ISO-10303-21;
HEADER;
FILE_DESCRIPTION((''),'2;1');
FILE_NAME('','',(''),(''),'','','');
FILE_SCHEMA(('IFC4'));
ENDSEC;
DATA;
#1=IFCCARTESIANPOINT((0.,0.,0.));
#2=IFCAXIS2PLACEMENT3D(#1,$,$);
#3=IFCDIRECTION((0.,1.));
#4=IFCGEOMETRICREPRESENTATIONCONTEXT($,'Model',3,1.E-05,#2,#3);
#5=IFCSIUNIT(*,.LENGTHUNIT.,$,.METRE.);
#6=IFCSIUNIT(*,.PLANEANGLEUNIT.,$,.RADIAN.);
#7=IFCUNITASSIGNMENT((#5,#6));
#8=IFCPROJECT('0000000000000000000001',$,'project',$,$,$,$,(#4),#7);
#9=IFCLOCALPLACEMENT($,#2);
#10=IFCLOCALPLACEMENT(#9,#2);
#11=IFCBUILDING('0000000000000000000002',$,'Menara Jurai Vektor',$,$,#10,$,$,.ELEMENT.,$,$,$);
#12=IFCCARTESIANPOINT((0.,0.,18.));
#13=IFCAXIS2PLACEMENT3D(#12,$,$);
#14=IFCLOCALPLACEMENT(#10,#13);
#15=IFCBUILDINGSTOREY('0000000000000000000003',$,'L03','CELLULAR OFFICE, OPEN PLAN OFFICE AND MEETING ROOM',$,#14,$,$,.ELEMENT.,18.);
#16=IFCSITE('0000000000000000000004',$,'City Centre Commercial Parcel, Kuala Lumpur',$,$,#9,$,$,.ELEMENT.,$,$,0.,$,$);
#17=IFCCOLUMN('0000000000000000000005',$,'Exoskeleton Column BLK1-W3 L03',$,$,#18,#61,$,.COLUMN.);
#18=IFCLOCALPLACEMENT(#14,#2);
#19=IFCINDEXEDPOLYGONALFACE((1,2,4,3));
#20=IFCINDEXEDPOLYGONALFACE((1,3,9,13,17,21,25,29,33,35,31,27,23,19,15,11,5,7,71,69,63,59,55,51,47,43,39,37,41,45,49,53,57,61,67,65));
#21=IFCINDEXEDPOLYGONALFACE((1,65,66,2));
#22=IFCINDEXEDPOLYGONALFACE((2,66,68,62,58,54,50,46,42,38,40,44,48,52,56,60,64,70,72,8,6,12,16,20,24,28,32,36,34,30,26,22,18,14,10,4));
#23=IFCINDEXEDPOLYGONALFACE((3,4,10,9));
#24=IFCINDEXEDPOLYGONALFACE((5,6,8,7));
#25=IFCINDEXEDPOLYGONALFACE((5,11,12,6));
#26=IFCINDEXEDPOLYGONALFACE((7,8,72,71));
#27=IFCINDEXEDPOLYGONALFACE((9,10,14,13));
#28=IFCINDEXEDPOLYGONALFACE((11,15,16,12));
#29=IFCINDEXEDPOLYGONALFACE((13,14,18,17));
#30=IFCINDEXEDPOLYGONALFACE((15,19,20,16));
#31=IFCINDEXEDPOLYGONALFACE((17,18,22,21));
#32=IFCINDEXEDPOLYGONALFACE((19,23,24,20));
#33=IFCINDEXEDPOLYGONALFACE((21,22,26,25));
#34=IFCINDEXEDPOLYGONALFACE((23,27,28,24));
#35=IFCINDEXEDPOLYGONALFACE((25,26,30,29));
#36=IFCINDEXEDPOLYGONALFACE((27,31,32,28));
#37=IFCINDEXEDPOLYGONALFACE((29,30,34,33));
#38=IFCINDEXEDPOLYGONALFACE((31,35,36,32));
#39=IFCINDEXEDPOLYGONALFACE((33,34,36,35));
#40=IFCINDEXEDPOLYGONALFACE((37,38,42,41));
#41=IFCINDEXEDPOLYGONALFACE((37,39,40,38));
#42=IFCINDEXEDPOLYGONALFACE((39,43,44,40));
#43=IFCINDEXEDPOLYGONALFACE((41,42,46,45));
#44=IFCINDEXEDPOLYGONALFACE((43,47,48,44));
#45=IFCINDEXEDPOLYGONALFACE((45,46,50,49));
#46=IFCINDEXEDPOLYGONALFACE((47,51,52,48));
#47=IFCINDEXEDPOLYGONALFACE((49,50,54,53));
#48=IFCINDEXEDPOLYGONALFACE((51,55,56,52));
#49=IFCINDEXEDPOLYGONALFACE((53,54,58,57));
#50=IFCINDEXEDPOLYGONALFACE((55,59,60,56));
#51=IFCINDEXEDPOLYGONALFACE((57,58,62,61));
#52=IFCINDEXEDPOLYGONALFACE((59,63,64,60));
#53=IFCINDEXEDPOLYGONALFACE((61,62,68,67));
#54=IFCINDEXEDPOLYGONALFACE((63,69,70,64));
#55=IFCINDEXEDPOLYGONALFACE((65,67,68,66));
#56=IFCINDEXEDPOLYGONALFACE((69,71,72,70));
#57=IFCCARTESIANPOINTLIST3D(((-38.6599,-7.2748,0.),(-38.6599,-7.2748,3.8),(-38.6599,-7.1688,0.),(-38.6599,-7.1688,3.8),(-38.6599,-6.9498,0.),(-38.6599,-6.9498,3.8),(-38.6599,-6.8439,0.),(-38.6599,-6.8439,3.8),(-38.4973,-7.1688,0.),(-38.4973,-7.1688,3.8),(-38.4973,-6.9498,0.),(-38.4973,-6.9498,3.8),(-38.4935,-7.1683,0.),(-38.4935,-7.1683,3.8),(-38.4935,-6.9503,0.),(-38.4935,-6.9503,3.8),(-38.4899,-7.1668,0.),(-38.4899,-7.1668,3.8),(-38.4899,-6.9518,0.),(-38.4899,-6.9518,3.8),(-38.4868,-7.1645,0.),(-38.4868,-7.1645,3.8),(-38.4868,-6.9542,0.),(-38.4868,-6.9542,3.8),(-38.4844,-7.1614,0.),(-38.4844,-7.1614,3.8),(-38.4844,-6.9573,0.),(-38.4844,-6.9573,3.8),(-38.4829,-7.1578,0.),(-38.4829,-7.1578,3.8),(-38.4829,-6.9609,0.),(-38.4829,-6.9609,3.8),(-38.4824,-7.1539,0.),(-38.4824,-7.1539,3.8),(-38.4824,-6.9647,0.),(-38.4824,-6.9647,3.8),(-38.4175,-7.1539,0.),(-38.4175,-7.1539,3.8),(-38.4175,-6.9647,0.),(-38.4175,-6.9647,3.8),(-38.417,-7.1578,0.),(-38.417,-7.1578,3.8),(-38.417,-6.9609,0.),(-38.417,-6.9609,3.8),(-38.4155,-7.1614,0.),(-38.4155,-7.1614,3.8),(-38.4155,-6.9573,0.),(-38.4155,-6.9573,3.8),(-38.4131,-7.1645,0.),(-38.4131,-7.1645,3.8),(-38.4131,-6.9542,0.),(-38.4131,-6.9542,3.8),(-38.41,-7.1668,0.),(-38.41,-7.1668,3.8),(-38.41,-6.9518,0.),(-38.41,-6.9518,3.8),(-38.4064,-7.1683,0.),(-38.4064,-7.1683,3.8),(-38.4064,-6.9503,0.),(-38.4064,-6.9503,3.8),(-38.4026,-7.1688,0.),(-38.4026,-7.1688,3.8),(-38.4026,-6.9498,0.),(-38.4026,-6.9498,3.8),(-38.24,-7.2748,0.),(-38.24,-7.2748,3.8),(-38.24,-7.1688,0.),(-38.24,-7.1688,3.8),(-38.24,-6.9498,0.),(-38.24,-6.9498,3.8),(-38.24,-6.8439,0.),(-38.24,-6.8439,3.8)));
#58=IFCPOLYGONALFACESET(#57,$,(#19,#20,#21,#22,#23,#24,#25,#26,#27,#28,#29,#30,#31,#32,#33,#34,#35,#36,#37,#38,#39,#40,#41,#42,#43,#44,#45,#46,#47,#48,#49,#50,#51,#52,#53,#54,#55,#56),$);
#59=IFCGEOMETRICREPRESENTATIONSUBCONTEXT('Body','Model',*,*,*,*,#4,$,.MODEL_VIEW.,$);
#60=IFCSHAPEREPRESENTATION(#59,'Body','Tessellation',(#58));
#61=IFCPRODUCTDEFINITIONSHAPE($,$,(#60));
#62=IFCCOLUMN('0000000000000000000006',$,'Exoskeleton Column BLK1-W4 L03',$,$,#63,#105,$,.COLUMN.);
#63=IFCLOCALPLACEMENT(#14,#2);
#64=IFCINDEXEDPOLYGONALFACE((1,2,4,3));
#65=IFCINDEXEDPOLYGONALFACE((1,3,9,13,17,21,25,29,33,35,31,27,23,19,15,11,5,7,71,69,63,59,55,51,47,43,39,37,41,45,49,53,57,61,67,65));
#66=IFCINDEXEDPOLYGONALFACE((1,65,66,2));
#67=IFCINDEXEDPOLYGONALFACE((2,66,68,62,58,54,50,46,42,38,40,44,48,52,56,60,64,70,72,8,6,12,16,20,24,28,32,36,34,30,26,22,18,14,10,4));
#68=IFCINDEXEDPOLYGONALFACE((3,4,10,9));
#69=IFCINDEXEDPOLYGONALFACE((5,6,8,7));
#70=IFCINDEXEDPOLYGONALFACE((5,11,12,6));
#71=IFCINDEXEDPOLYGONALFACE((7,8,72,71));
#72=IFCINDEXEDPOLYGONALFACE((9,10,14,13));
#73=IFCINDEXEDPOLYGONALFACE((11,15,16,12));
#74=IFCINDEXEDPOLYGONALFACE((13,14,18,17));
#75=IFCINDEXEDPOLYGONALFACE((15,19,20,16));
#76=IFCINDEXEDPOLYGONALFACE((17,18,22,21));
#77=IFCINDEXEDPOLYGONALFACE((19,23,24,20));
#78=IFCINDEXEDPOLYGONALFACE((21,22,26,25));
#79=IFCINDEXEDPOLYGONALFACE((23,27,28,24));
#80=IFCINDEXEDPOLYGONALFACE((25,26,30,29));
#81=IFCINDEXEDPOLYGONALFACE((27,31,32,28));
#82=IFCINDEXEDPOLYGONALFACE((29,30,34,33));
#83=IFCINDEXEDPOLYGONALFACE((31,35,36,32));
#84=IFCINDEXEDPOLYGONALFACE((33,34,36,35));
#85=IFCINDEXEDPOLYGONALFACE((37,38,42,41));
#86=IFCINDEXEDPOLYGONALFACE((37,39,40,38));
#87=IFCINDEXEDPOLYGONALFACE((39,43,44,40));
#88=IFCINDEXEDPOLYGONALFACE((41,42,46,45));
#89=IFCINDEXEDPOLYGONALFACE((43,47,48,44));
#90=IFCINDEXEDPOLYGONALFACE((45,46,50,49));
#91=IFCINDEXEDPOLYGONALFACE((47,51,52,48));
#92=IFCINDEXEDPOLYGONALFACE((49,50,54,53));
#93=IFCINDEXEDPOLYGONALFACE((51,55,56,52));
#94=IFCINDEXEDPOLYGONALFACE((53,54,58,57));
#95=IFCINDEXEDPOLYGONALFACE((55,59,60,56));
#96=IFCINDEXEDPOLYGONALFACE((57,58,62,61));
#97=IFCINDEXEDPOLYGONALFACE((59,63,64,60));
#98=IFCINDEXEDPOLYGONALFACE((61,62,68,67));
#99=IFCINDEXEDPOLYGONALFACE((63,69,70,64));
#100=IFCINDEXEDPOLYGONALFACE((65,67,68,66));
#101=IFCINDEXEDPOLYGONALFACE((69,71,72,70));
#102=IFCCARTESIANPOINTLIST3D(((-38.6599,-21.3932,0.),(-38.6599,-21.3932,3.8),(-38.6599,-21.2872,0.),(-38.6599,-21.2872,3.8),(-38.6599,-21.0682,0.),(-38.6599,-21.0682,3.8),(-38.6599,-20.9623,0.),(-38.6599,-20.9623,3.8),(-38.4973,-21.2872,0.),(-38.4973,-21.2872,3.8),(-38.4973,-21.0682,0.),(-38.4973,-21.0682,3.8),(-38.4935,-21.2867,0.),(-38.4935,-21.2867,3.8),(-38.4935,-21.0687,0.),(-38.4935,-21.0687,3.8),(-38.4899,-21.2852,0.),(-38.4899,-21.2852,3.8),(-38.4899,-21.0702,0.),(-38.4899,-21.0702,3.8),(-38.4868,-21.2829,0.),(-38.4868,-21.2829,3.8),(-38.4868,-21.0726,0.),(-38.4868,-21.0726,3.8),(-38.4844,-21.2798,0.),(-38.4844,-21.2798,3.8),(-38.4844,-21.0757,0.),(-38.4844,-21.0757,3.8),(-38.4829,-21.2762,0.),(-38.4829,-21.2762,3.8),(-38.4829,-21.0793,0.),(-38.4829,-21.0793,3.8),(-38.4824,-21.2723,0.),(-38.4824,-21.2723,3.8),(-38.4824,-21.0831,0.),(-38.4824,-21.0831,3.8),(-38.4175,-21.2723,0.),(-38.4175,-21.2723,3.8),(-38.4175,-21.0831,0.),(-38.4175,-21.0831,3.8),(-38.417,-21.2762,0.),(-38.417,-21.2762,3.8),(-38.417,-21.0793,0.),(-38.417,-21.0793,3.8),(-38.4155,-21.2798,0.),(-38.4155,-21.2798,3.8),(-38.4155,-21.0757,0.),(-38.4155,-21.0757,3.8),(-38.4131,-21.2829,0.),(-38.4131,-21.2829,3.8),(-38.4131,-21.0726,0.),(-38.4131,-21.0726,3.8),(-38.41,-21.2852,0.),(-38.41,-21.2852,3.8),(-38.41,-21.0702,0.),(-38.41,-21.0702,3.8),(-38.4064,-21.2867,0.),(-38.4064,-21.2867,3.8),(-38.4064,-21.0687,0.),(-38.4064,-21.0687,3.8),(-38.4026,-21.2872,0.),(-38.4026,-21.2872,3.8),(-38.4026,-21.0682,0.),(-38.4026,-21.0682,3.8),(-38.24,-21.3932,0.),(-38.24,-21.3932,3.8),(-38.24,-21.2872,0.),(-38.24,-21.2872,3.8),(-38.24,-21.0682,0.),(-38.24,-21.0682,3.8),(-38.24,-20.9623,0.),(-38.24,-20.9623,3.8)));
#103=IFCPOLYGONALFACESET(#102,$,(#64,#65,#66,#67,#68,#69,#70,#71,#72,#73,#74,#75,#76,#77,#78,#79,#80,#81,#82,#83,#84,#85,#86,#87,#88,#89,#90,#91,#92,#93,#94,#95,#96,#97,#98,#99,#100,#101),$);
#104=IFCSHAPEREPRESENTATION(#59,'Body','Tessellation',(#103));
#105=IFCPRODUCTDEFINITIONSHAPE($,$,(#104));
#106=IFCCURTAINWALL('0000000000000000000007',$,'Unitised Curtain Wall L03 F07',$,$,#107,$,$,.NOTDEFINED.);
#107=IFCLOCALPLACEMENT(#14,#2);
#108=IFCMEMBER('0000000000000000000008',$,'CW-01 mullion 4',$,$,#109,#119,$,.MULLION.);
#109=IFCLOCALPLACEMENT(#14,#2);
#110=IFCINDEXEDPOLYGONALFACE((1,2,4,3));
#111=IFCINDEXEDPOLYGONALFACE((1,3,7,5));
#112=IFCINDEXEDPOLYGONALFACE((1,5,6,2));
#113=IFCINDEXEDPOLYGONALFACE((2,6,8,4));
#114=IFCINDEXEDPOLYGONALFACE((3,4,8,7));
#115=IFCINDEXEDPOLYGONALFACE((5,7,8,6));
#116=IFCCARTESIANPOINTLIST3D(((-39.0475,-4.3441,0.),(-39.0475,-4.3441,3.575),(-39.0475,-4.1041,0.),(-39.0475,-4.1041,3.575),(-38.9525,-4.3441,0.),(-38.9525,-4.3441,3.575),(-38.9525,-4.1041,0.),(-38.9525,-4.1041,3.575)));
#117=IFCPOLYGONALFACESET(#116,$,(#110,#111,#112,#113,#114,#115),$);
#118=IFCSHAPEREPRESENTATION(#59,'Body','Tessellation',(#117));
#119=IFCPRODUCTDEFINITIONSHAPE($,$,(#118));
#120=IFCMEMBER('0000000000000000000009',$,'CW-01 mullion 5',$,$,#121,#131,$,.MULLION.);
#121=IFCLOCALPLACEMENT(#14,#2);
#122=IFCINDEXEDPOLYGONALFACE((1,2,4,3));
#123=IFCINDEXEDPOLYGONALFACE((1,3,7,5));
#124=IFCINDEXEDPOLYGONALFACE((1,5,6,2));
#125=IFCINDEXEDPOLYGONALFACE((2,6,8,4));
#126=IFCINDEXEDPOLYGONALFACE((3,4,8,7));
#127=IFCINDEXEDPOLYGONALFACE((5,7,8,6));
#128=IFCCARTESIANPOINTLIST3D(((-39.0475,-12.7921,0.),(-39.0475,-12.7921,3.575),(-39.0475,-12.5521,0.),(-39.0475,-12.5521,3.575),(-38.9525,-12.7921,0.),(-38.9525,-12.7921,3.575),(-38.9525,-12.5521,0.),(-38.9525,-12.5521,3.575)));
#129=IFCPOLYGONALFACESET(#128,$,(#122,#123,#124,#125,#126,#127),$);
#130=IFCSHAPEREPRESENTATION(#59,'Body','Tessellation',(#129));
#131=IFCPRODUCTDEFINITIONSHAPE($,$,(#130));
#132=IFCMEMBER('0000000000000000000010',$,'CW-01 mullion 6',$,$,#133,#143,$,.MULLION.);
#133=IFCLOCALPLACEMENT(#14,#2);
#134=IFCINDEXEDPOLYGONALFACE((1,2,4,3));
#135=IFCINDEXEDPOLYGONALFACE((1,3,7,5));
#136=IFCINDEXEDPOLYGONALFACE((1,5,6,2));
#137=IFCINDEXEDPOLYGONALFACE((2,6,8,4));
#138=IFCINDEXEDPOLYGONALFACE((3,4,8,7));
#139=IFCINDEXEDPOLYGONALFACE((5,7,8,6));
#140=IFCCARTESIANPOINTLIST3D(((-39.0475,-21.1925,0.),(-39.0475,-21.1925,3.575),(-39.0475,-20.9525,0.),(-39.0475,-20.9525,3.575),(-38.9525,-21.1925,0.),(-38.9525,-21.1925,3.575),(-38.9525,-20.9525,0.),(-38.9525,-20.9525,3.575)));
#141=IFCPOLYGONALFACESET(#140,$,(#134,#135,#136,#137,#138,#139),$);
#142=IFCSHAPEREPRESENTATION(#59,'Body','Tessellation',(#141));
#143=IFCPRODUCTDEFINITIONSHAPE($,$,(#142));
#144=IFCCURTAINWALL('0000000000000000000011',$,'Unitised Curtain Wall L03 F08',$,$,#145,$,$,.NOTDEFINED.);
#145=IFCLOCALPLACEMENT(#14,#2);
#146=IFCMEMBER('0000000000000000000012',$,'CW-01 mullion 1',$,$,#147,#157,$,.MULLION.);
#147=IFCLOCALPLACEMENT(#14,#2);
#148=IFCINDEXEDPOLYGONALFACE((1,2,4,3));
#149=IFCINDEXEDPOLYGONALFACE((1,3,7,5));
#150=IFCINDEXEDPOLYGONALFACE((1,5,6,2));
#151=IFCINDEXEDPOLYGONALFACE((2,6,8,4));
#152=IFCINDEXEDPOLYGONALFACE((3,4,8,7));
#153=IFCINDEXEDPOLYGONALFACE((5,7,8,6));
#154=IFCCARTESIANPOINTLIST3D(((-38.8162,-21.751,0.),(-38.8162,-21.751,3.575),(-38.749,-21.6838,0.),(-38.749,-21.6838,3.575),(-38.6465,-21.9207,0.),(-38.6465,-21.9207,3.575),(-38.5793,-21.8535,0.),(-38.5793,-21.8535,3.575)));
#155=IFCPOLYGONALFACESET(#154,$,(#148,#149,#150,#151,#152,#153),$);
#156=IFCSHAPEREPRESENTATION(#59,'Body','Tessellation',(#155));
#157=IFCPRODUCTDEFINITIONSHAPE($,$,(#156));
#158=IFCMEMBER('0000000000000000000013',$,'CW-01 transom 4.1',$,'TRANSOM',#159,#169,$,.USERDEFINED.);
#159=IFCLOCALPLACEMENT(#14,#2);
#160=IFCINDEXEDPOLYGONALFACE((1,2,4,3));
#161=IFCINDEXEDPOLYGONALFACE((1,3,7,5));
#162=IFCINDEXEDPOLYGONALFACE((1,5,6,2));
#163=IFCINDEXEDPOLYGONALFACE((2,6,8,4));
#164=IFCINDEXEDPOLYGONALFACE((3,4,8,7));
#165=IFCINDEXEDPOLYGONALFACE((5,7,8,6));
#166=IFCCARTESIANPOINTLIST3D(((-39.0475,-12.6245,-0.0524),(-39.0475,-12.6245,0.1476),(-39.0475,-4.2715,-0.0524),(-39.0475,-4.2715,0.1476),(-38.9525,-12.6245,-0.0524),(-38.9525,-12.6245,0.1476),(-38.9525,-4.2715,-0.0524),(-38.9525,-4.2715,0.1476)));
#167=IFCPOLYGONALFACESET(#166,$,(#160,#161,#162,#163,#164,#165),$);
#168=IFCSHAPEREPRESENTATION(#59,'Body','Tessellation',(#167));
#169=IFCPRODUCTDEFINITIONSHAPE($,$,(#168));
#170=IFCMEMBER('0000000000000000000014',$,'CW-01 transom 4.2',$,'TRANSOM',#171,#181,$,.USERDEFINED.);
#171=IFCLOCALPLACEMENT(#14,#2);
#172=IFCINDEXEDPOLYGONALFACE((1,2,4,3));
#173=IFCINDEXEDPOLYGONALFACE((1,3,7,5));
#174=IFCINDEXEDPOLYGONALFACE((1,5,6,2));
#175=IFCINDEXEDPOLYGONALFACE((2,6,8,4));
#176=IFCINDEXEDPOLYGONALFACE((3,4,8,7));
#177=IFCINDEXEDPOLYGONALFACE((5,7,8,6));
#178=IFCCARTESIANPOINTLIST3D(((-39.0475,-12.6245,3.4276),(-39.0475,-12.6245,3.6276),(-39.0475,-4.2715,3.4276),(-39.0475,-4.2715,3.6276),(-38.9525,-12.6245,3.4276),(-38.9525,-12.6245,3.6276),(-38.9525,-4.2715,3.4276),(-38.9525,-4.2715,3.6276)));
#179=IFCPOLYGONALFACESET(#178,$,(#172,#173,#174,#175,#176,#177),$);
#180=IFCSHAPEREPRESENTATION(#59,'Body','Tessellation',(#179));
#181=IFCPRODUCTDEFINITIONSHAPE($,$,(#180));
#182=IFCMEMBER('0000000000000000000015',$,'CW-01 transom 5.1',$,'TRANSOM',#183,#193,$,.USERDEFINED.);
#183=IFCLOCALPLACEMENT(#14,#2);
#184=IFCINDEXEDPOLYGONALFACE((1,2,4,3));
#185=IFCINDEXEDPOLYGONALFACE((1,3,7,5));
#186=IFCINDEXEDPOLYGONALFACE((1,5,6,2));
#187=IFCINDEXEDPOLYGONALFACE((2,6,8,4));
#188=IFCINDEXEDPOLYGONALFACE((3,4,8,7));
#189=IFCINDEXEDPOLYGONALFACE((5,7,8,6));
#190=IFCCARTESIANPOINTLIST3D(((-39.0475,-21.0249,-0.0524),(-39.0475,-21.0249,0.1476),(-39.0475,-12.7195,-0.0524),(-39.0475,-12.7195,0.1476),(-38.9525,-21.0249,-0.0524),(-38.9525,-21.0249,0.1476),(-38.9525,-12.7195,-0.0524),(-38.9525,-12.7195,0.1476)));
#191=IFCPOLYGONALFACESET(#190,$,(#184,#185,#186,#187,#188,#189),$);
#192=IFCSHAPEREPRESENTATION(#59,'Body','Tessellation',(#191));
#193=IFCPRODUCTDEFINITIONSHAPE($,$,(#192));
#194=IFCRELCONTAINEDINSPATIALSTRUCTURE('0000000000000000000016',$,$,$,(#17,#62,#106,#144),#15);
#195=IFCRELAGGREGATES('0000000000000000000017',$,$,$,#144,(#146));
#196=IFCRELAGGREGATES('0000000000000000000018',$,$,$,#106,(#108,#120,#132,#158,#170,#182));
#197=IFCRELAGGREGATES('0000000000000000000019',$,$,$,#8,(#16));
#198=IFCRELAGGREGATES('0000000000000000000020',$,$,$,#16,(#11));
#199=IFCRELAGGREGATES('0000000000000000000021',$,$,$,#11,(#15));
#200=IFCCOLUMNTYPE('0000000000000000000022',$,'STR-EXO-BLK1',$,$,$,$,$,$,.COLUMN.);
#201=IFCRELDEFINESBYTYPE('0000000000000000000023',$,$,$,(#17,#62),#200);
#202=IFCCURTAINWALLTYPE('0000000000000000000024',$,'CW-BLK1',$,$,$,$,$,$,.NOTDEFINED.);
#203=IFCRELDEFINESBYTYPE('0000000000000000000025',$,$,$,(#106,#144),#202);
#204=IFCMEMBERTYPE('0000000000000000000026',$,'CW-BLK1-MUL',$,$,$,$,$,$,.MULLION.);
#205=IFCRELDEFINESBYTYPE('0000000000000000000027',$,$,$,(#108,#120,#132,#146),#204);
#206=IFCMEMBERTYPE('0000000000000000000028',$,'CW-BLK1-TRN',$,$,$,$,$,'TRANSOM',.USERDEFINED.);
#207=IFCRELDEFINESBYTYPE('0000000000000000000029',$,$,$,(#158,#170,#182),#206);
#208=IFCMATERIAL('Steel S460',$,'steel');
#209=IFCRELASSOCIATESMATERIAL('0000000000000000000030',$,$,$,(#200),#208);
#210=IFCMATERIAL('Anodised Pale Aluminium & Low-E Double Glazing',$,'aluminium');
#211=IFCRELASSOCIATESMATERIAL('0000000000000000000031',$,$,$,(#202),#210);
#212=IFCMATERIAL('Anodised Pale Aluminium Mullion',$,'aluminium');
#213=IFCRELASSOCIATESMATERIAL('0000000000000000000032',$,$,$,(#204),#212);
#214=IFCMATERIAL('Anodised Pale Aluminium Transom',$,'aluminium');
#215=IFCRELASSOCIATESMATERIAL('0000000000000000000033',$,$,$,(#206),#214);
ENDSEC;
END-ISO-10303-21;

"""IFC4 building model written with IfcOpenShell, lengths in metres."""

from ifc_helpers import new_model, si_unit, direction, frame, origin, origin_2d, place, context, subcontext, project, spatial, rectangle, i_section, extrude, material, material_profile, profile_set, type_object, element, aggregate, save


model = new_model("IFC4")

# Units and contexts
model_context = context("Model", 3, precision=1e-05, world=origin(), true_north=direction((0.0, 1.0)))
body_context = subcontext(model_context, "Body", "Model", "MODEL_VIEW")
ifc_project = project(units=[si_unit("LENGTHUNIT", "METRE"), si_unit("PLANEANGLEUNIT", "RADIAN")], contexts=[model_context])

# Site, building, storey
site_placement = place(None, origin())
site = spatial("IfcSite", under=ifc_project, at=site_placement, Name="City Centre Commercial Parcel, Kuala Lumpur", CompositionType="ELEMENT", RefElevation=0.0)
building_placement = place(site_placement, origin())
building = spatial("IfcBuilding", under=site, at=building_placement, Name="Menara Jurai Vektor", CompositionType="ELEMENT")
storey_placement = place(building_placement, frame((0.0, 0.0, 18.0)))
storey = spatial("IfcBuildingStorey", under=building, at=storey_placement, Name="L03", Description="CELLULAR OFFICE, OPEN PLAN OFFICE AND MEETING ROOM", CompositionType="ELEMENT", Elevation=18.0)

# Columns
ifc_material_1 = material(Name="Steel S460", Category="steel")
ifc_material_profile_1 = material_profile(ifc_material_1, i_section(OverallWidth=0.4199, OverallDepth=0.4309, WebThickness=0.0649, FlangeThickness=0.106, FilletRadius=0.0149, at=origin_2d()), Name="HD 400x900")
ifc_profile_set_1 = profile_set([ifc_material_profile_1], Name="Steel S460")
column_type = type_object("IfcColumnType", Name="STR-EXO-BLK1", PredefinedType="COLUMN", material=ifc_profile_set_1)
for number, where, z_axis, x_axis, name in (
    (1, (-38.45, -7.0593, 0.0), (0.0, 0.0, 1.0), (1.0, 0.0, 0.0), "Exoskeleton Column BLK1-W3 L03"),
    (2, (-38.45, -21.1777, 0.0), (0.0, 0.0, 1.0), (1.0, 0.0, 0.0), "Exoskeleton Column BLK1-W4 L03"),
):
    element("IfcColumn", number, at=place(storey_placement, frame(where, z_axis=z_axis, x_axis=x_axis)), inside=storey, type_object=column_type, Name=name, PredefinedType="COLUMN", context=body_context, shape_type="SweptSolid", body=[
        extrude(i_section(OverallWidth=0.4199, OverallDepth=0.4309, WebThickness=0.0649, FlangeThickness=0.106, FilletRadius=0.0149, at=origin_2d()), origin(), (0.0, 0.0, 1.0), 3.8),
    ])

# Curtain wall, members
ifc_material_2 = material(Name="Anodised Pale Aluminium & Low-E Double Glazing", Category="aluminium")
curtain_wall_type = type_object("IfcCurtainWallType", Name="CW-BLK1", PredefinedType="NOTDEFINED", material=ifc_material_2)
curtain_wall_1_placement = place(storey_placement, origin())
curtain_wall_1 = element("IfcCurtainWall", 3, at=curtain_wall_1_placement, inside=storey, type_object=curtain_wall_type, Name="Unitised Curtain Wall L03 F07", PredefinedType="NOTDEFINED")
ifc_material_3 = material(Name="Anodised Pale Aluminium Mullion", Category="aluminium")
ifc_material_profile_2 = material_profile(ifc_material_3, rectangle(XDim=0.095, YDim=0.24, at=origin_2d()), Name="ALU MUL 95x240")
ifc_profile_set_2 = profile_set([ifc_material_profile_2], Name="Anodised Pale Aluminium Mullion")
member_type_1 = type_object("IfcMemberType", Name="CW-BLK1-MUL", PredefinedType="MULLION", material=ifc_profile_set_2)
member_1_placement = place(storey_placement, frame((-39.0, -4.2241, 0.0), z_axis=(0.0, 0.0, 1.0), x_axis=(1.0, 0.0, 0.0)))
member_1 = element("IfcMember", 4, at=member_1_placement, type_object=member_type_1, Name="CW-01 mullion 4", PredefinedType="MULLION", context=body_context, shape_type="SweptSolid", body=[
    extrude(rectangle(XDim=0.095, YDim=0.24, at=origin_2d()), origin(), (0.0, 0.0, 1.0), 3.575),
])
member_2_placement = place(storey_placement, frame((-39.0, -12.6721, 0.0), z_axis=(0.0, 0.0, 1.0), x_axis=(1.0, 0.0, 0.0)))
member_2 = element("IfcMember", 5, at=member_2_placement, type_object=member_type_1, Name="CW-01 mullion 5", PredefinedType="MULLION", context=body_context, shape_type="SweptSolid", body=[
    extrude(rectangle(XDim=0.095, YDim=0.24, at=origin_2d()), origin(), (0.0, 0.0, 1.0), 3.575),
])
member_3_placement = place(storey_placement, frame((-39.0, -21.0725, 0.0), z_axis=(0.0, 0.0, 1.0), x_axis=(1.0, 0.0, 0.0)))
member_3 = element("IfcMember", 6, at=member_3_placement, type_object=member_type_1, Name="CW-01 mullion 6", PredefinedType="MULLION", context=body_context, shape_type="SweptSolid", body=[
    extrude(rectangle(XDim=0.095, YDim=0.24, at=origin_2d()), origin(), (0.0, 0.0, 1.0), 3.575),
])

# Curtain wall, member
curtain_wall_2_placement = place(storey_placement, origin())
curtain_wall_2 = element("IfcCurtainWall", 7, at=curtain_wall_2_placement, inside=storey, type_object=curtain_wall_type, Name="Unitised Curtain Wall L03 F08", PredefinedType="NOTDEFINED")
member_4_placement = place(storey_placement, frame((-38.6978, -21.8022, 0.0), z_axis=(0.0, 0.0, 1.0), x_axis=(0.707107, 0.707107, 0.0)))
member_4 = element("IfcMember", 8, at=member_4_placement, type_object=member_type_1, Name="CW-01 mullion 1", PredefinedType="MULLION", context=body_context, shape_type="SweptSolid", body=[
    extrude(rectangle(XDim=0.095, YDim=0.24, at=origin_2d()), origin(), (0.0, 0.0, 1.0), 3.575),
])
aggregate(curtain_wall_2, [member_4])

# Members
ifc_material_4 = material(Name="Anodised Pale Aluminium Transom", Category="aluminium")
ifc_material_profile_3 = material_profile(ifc_material_4, rectangle(XDim=0.095, YDim=0.2, at=origin_2d()), Name="ALU TRN 95x200")
ifc_profile_set_3 = profile_set([ifc_material_profile_3], Name="Anodised Pale Aluminium Transom")
member_type_2 = type_object("IfcMemberType", Name="CW-BLK1-TRN", ElementType="TRANSOM", PredefinedType="USERDEFINED", material=ifc_profile_set_3)
member_5_placement = place(storey_placement, frame((-39.0, -4.2715, 0.0476), z_axis=(0.0, -1.0, 0.0), x_axis=(1.0, 0.0, 0.0)))
member_5 = element("IfcMember", 9, at=member_5_placement, type_object=member_type_2, Name="CW-01 transom 4.1", ObjectType="TRANSOM", PredefinedType="USERDEFINED", context=body_context, shape_type="SweptSolid", body=[
    extrude(rectangle(XDim=0.095, YDim=0.2, at=origin_2d()), origin(), (0.0, 0.0, 1.0), 8.353),
])
member_6_placement = place(storey_placement, frame((-39.0, -4.2715, 3.5276), z_axis=(0.0, -1.0, 0.0), x_axis=(1.0, 0.0, 0.0)))
member_6 = element("IfcMember", 10, at=member_6_placement, type_object=member_type_2, Name="CW-01 transom 4.2", ObjectType="TRANSOM", PredefinedType="USERDEFINED", context=body_context, shape_type="SweptSolid", body=[
    extrude(rectangle(XDim=0.095, YDim=0.2, at=origin_2d()), origin(), (0.0, 0.0, 1.0), 8.353),
])
member_7_placement = place(storey_placement, frame((-39.0, -12.7195, 0.0476), z_axis=(0.0, -1.0, 0.0), x_axis=(1.0, 0.0, 0.0)))
member_7 = element("IfcMember", 11, at=member_7_placement, type_object=member_type_2, Name="CW-01 transom 5.1", ObjectType="TRANSOM", PredefinedType="USERDEFINED", context=body_context, shape_type="SweptSolid", body=[
    extrude(rectangle(XDim=0.095, YDim=0.2, at=origin_2d()), origin(), (0.0, 0.0, 1.0), 8.3054),
])

aggregate(curtain_wall_1, [member_1, member_2, member_3, member_5, member_6, member_7])

save(model, "model.ifc")
